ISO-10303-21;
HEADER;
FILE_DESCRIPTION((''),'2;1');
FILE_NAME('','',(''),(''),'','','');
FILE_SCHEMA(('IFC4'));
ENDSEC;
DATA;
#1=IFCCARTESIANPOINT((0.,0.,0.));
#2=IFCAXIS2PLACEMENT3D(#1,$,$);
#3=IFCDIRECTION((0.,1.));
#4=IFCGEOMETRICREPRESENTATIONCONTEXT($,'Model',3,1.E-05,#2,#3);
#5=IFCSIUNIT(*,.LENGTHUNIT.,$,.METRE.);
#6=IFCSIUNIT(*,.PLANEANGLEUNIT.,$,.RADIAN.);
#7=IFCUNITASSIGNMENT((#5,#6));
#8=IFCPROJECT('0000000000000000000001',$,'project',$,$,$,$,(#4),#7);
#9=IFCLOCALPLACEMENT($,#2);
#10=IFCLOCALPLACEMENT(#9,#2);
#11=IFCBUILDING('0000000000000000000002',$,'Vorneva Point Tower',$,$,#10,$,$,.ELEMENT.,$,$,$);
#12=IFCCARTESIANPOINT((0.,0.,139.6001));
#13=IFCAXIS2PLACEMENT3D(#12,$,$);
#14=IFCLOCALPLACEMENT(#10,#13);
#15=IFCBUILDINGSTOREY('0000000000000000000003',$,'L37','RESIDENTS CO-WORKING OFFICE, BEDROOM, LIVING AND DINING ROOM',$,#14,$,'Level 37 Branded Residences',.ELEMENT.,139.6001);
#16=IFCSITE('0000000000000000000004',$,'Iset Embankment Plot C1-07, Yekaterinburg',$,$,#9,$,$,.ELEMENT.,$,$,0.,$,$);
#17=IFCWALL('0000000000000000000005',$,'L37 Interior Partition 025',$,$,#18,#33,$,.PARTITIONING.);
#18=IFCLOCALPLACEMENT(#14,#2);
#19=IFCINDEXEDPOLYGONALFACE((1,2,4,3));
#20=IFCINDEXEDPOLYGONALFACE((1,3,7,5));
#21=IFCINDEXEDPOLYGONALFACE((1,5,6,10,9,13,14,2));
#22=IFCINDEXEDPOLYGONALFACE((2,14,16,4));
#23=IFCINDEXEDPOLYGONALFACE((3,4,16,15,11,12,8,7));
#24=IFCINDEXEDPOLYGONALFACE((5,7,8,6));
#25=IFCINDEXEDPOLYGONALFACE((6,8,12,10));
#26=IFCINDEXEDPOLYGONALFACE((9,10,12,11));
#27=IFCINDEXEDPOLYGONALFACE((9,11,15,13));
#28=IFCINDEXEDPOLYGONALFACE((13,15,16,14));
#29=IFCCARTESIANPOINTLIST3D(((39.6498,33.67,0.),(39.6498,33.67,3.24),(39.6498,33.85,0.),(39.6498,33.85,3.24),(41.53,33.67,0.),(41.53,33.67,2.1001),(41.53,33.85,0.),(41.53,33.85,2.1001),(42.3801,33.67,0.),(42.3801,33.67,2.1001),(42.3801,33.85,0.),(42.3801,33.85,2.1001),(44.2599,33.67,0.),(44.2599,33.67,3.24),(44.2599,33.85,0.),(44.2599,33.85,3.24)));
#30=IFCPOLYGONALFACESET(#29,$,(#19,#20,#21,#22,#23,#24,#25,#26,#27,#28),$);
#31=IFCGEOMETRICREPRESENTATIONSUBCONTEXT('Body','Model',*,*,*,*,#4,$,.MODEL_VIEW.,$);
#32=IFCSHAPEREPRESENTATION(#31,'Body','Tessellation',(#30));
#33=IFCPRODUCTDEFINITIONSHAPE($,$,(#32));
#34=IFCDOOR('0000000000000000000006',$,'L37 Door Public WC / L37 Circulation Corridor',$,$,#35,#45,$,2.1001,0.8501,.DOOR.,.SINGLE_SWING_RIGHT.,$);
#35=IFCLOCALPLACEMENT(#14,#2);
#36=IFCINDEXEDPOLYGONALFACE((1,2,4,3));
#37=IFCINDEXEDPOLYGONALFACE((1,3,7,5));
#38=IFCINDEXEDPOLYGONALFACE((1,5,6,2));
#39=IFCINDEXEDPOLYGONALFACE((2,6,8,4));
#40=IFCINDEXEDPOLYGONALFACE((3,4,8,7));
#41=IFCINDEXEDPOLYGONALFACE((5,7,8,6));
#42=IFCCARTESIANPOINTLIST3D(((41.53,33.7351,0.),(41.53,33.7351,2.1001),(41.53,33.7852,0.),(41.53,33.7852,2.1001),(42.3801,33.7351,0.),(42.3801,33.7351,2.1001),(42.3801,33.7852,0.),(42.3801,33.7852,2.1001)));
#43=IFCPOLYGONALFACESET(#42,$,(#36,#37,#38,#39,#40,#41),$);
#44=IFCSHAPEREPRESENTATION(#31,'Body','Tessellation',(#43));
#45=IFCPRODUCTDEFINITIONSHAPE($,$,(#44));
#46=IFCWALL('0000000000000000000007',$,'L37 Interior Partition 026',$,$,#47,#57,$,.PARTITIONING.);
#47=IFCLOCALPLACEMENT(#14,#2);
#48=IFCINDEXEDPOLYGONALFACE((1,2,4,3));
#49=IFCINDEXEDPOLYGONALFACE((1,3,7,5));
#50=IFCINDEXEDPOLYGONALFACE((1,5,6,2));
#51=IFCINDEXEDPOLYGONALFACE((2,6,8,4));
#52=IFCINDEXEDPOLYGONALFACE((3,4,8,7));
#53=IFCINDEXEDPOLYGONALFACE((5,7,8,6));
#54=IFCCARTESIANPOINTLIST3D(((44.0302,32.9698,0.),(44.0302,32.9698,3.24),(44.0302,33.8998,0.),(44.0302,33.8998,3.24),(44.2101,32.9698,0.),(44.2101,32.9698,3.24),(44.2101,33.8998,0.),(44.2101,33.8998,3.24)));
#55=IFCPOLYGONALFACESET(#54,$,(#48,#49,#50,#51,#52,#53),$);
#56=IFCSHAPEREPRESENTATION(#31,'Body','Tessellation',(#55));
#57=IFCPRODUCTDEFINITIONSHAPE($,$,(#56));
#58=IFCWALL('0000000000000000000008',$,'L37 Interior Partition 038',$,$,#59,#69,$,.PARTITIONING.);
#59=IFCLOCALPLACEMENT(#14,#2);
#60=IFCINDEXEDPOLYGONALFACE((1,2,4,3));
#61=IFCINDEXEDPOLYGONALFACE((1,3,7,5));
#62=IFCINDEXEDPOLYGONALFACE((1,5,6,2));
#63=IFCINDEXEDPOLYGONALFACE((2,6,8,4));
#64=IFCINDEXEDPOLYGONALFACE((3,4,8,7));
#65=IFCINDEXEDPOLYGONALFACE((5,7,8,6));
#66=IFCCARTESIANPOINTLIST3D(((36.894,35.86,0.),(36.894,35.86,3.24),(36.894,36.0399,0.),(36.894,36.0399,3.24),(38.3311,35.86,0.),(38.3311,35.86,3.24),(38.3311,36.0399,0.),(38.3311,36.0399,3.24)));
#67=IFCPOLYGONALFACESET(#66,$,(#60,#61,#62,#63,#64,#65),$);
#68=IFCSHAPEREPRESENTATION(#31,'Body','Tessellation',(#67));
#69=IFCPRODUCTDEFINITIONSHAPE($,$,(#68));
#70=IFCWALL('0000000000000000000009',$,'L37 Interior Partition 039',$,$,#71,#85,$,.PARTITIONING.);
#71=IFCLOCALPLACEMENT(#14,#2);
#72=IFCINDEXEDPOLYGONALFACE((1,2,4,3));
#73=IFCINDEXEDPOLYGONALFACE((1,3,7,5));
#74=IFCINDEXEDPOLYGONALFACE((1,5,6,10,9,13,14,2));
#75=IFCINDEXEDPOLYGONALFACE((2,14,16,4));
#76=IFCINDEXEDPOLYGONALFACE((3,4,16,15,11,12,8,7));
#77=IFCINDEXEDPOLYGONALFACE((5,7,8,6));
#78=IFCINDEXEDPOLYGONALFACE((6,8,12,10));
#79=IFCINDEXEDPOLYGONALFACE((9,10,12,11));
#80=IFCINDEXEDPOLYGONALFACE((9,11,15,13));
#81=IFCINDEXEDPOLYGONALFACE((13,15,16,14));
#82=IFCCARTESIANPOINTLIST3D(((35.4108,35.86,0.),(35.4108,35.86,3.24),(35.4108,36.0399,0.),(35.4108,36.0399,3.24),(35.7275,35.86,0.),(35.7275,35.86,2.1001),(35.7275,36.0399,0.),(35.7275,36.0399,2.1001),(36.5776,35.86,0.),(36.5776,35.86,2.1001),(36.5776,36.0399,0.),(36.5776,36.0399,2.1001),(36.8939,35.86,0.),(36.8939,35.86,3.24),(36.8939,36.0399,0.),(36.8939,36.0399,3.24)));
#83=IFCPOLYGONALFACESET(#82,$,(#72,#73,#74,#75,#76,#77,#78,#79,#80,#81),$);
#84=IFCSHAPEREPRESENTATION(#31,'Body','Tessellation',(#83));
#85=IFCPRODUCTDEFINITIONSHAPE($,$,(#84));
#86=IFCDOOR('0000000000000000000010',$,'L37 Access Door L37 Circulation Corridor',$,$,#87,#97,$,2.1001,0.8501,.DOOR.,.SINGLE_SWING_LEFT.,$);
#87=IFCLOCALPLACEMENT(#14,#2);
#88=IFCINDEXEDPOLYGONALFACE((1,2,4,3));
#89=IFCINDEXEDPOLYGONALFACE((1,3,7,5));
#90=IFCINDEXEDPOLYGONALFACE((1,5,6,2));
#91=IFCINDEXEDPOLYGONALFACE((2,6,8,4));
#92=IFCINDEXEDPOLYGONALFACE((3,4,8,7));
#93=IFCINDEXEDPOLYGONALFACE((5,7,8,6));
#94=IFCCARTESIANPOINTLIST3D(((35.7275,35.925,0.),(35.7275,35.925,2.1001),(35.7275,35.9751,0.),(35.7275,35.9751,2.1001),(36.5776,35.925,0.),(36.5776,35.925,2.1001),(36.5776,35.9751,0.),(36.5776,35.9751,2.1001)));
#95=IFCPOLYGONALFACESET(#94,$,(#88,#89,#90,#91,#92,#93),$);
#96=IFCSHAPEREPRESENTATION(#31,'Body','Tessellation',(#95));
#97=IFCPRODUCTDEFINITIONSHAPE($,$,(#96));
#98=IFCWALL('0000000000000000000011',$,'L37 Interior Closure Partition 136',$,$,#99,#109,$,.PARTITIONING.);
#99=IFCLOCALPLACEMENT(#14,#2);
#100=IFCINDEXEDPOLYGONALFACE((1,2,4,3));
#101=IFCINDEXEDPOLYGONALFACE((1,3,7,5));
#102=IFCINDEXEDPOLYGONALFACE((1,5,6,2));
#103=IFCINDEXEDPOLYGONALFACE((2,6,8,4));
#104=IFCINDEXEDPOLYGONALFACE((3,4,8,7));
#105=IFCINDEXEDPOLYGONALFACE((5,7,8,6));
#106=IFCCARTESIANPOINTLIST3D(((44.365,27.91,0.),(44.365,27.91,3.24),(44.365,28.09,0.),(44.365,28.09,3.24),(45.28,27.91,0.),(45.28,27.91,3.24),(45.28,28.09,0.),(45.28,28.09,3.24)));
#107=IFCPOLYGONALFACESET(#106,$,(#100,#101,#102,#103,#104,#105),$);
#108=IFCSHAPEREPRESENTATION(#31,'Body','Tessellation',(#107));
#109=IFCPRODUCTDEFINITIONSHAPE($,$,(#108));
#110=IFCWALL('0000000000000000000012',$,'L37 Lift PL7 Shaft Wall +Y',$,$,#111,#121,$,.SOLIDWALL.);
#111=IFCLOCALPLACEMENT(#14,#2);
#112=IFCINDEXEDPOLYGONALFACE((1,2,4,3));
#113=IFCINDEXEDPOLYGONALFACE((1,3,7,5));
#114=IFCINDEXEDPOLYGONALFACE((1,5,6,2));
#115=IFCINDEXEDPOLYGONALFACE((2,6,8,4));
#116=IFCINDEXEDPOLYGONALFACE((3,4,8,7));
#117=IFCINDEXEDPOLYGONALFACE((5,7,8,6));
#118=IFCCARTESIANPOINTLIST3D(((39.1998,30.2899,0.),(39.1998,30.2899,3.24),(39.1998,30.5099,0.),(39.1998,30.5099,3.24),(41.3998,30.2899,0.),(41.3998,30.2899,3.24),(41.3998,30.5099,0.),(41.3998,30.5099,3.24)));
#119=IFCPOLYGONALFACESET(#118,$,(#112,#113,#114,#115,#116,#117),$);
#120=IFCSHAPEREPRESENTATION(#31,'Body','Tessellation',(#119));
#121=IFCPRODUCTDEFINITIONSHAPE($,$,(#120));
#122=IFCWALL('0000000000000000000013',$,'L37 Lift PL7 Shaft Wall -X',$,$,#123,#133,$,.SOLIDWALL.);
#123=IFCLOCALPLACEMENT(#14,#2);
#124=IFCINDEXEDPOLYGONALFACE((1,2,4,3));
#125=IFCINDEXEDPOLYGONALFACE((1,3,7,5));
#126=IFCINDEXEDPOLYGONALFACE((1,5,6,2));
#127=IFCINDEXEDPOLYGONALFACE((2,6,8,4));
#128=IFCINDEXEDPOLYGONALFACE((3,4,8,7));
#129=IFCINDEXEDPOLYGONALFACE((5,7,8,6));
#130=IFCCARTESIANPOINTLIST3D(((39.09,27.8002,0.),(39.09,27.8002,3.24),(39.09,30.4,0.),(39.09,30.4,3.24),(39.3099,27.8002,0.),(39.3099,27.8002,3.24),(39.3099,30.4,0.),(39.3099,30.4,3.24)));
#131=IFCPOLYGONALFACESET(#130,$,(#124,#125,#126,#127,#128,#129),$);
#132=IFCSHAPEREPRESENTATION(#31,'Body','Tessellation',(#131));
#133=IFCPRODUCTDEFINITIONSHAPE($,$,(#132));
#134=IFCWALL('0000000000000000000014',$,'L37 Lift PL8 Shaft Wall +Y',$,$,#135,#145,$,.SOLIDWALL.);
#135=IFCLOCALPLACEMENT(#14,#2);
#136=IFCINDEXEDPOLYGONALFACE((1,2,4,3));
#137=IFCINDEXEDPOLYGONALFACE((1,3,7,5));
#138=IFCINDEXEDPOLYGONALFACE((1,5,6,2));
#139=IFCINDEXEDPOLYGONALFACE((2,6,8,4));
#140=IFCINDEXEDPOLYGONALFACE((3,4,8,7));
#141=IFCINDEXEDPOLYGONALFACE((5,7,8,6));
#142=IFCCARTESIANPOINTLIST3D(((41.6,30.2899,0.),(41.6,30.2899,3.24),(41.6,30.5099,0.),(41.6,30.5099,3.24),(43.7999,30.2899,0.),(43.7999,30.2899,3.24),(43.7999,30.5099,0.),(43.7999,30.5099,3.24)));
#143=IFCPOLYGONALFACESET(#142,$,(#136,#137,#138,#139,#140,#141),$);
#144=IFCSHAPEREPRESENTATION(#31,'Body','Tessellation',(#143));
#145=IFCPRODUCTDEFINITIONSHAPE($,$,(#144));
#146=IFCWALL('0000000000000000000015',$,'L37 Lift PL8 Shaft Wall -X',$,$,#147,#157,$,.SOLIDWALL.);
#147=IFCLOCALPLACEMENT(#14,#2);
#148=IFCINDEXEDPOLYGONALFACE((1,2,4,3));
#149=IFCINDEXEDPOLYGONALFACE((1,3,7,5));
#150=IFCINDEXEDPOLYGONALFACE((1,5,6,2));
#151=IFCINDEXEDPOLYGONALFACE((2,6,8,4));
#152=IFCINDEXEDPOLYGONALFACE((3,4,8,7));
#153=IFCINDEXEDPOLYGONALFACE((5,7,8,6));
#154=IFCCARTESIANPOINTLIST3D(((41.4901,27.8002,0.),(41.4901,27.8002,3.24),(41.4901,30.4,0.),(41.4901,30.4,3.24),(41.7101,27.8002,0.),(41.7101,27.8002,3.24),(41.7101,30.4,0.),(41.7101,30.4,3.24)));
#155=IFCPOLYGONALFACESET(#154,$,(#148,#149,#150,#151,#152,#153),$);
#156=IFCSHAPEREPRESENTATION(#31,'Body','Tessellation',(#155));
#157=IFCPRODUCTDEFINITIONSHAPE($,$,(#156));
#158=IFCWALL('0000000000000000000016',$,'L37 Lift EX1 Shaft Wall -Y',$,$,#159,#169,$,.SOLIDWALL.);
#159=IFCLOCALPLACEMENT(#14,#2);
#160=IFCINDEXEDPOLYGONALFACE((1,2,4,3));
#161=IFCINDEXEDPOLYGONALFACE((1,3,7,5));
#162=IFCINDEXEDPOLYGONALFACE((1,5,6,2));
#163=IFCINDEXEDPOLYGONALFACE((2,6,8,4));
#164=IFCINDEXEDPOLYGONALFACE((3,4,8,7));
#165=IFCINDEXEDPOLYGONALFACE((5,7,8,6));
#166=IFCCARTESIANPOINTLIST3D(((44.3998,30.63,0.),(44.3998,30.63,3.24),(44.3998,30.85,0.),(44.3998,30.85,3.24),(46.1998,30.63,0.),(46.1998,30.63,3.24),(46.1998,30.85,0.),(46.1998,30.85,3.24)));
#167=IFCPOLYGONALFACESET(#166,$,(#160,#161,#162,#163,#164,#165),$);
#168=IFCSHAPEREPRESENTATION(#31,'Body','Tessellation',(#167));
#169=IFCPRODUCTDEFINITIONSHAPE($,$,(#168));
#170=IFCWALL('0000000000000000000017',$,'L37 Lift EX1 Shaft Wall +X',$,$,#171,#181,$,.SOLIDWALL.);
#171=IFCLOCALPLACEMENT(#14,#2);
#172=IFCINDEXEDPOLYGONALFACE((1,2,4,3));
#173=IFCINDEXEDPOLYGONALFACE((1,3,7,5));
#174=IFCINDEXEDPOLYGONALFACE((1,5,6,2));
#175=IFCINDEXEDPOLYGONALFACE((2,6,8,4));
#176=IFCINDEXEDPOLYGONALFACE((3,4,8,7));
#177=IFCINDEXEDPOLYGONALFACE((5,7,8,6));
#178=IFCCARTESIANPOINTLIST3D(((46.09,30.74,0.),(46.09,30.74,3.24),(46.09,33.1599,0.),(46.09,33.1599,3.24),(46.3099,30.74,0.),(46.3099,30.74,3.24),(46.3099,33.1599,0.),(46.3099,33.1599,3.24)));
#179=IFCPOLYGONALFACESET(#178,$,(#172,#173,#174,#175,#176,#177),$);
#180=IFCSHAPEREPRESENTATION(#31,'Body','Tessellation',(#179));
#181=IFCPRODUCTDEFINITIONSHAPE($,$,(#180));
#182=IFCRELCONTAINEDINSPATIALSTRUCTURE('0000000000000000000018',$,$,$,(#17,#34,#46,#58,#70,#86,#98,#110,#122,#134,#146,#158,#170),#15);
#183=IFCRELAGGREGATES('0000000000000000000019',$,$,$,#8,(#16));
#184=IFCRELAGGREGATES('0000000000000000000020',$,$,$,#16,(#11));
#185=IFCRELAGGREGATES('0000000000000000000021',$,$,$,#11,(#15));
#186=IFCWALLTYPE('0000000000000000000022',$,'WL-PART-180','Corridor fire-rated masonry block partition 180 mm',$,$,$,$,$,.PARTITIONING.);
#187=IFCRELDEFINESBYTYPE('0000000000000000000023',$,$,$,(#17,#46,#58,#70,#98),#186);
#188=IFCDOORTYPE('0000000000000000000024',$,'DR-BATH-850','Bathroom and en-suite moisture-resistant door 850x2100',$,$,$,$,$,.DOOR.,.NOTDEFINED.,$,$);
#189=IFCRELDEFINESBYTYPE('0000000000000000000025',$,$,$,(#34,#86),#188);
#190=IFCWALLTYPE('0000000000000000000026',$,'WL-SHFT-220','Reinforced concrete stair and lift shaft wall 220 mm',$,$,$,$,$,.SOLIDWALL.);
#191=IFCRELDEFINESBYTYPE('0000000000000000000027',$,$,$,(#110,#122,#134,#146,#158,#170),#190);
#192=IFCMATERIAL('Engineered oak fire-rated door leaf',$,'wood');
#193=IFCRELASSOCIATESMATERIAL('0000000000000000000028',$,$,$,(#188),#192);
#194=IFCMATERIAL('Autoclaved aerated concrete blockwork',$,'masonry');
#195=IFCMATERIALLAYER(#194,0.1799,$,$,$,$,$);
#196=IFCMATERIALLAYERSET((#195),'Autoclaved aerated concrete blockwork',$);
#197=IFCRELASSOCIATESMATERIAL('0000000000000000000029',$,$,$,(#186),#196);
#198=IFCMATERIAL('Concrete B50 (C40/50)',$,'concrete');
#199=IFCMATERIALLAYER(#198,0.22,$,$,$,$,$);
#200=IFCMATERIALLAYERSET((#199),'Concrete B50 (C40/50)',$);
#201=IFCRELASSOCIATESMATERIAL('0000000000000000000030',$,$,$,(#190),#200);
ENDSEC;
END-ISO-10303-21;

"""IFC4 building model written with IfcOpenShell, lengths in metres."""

from ifc_helpers import new_model, si_unit, direction, frame, frame_2d, origin, place, context, subcontext, project, spatial, rectangle, extrude, material, layer, layer_set, type_object, element, fill, save


model = new_model("IFC4")

# Units and contexts
model_context = context("Model", 3, precision=1e-05, world=origin(), true_north=direction((0.0, 1.0)))
body_context = subcontext(model_context, "Body", "Model", "MODEL_VIEW")
ifc_project = project(units=[si_unit("LENGTHUNIT", "METRE"), si_unit("PLANEANGLEUNIT", "RADIAN")], contexts=[model_context])

# Site, building, storey
site_placement = place(None, origin())
site = spatial("IfcSite", under=ifc_project, at=site_placement, Name="Iset Embankment Plot C1-07, Yekaterinburg", CompositionType="ELEMENT", RefElevation=0.0)
building_placement = place(site_placement, origin())
building = spatial("IfcBuilding", under=site, at=building_placement, Name="Vorneva Point Tower", CompositionType="ELEMENT")
storey_placement = place(building_placement, frame((0.0, 0.0, 139.6001)))
storey = spatial("IfcBuildingStorey", under=building, at=storey_placement, Name="L37", Description="RESIDENTS CO-WORKING OFFICE, BEDROOM, LIVING AND DINING ROOM", LongName="Level 37 Branded Residences", CompositionType="ELEMENT", Elevation=139.6001)

# Shared definitions
ifc_material_1 = material(Name="Engineered oak fire-rated door leaf", Category="wood")
door_type_1 = type_object("IfcDoorType", Name="DR-BATH-850", Description="Bathroom and en-suite moisture-resistant door 850x2100", OperationType="NOTDEFINED", PredefinedType="DOOR", material=ifc_material_1)

# Wall, opening, door
ifc_material_2 = material(Name="Autoclaved aerated concrete blockwork", Category="masonry")
ifc_layer_1 = layer(ifc_material_2, 0.1799)
ifc_layer_set_1 = layer_set([ifc_layer_1], Name="Autoclaved aerated concrete blockwork")
wall_type_1 = type_object("IfcWallType", Name="WL-PART-180", Description="Corridor fire-rated masonry block partition 180 mm", PredefinedType="PARTITIONING", material=ifc_layer_set_1)
wall_1_placement = place(storey_placement, frame((44.26, 33.76, 0.0), z_axis=(0.0, 0.0, 1.0), x_axis=(-1.0, 0.0, 0.0)))
wall_1 = element("IfcWall", 1, at=wall_1_placement, inside=storey, type_object=wall_type_1, Name="L37 Interior Partition 025", PredefinedType="PARTITIONING", context=body_context, shape_type="SweptSolid", body=[
    extrude(rectangle(XDim=4.6101, YDim=0.1799, at=frame_2d((2.3052, 0.0))), origin(), (0.0, 0.0, 1.0), 3.24),
])
opening_1_placement = place(wall_1_placement, frame((1.8799, 0.0, 0.0)))
opening_1 = element("IfcOpeningElement", 2, at=opening_1_placement, cuts=wall_1, PredefinedType="OPENING", context=body_context, shape_type="SweptSolid", body=[
    extrude(rectangle(XDim=0.8501, YDim=2.1001, at=frame_2d((0.425, 1.05))), frame((0.0, 0.105, 0.0), z_axis=(0.0, -1.0, 0.0), x_axis=(1.0, 0.0, 0.0)), (0.0, 0.0, 1.0), 0.2097),
])
door_1_placement = place(opening_1_placement, origin())
door_1 = element("IfcDoor", 3, at=door_1_placement, inside=storey, type_object=door_type_1, Name="L37 Door Public WC / L37 Circulation Corridor", OperationType="SINGLE_SWING_RIGHT", OverallHeight=2.1001, OverallWidth=0.8501, PredefinedType="DOOR", context=body_context, shape_type="SweptSolid", body=[
    extrude(rectangle(XDim=0.8501, YDim=2.1001, at=frame_2d((0.425, 1.05))), frame((0.0, 0.0249, 0.0), z_axis=(0.0, -1.0, 0.0), x_axis=(1.0, 0.0, 0.0)), (0.0, 0.0, 1.0), 0.05),
])
fill(opening_1, door_1)

# Walls
wall_2_placement = place(storey_placement, frame((44.1201, 32.97, 0.0), z_axis=(0.0, 0.0, 1.0), x_axis=(0.0, 1.0, 0.0)))
element("IfcWall", 4, at=wall_2_placement, inside=storey, type_object=wall_type_1, Name="L37 Interior Partition 026", PredefinedType="PARTITIONING", context=body_context, shape_type="SweptSolid", body=[
    extrude(rectangle(XDim=0.9299, YDim=0.1799, at=frame_2d((0.4648, 0.0))), origin(), (0.0, 0.0, 1.0), 3.24),
])
wall_3_placement = place(storey_placement, frame((38.3311, 35.95, 0.0), z_axis=(0.0, 0.0, 1.0), x_axis=(-1.0, 0.0, 0.0)))
element("IfcWall", 5, at=wall_3_placement, inside=storey, type_object=wall_type_1, Name="L37 Interior Partition 038", PredefinedType="PARTITIONING", context=body_context, shape_type="SweptSolid", body=[
    extrude(rectangle(XDim=1.437, YDim=0.1799, at=frame_2d((0.7185, 0.0))), origin(), (0.0, 0.0, 1.0), 3.24),
])

# Wall, opening, door
wall_4_placement = place(storey_placement, frame((36.894, 35.95, 0.0), z_axis=(0.0, 0.0, 1.0), x_axis=(-1.0, 0.0, 0.0)))
wall_4 = element("IfcWall", 6, at=wall_4_placement, inside=storey, type_object=wall_type_1, Name="L37 Interior Partition 039", PredefinedType="PARTITIONING", context=body_context, shape_type="SweptSolid", body=[
    extrude(rectangle(XDim=1.4832, YDim=0.1799, at=frame_2d((0.7417, 0.0))), origin(), (0.0, 0.0, 1.0), 3.24),
])
opening_2_placement = place(wall_4_placement, frame((0.3164, 0.0, 0.0)))
opening_2 = element("IfcOpeningElement", 7, at=opening_2_placement, cuts=wall_4, PredefinedType="OPENING", context=body_context, shape_type="SweptSolid", body=[
    extrude(rectangle(XDim=0.8501, YDim=2.1001, at=frame_2d((0.425, 1.05))), frame((0.0, 0.105, 0.0), z_axis=(0.0, -1.0, 0.0), x_axis=(1.0, 0.0, 0.0)), (0.0, 0.0, 1.0), 0.2097),
])
door_2_placement = place(opening_2_placement, origin())
door_2 = element("IfcDoor", 8, at=door_2_placement, inside=storey, type_object=door_type_1, Name="L37 Access Door L37 Circulation Corridor", OperationType="SINGLE_SWING_LEFT", OverallHeight=2.1001, OverallWidth=0.8501, PredefinedType="DOOR", context=body_context, shape_type="SweptSolid", body=[
    extrude(rectangle(XDim=0.8501, YDim=2.1001, at=frame_2d((0.425, 1.05))), frame((0.0, 0.0249, 0.0), z_axis=(0.0, -1.0, 0.0), x_axis=(1.0, 0.0, 0.0)), (0.0, 0.0, 1.0), 0.05),
])
fill(opening_2, door_2)

# Walls
wall_5_placement = place(storey_placement, frame((45.28, 28.0, 0.0), z_axis=(0.0, 0.0, 1.0), x_axis=(-1.0, 0.0, 0.0)))
element("IfcWall", 9, at=wall_5_placement, inside=storey, type_object=wall_type_1, Name="L37 Interior Closure Partition 136", PredefinedType="PARTITIONING", context=body_context, shape_type="SweptSolid", body=[
    extrude(rectangle(XDim=0.915, YDim=0.1799, at=frame_2d((0.4575, 0.0))), origin(), (0.0, 0.0, 1.0), 3.24),
])
ifc_material_3 = material(Name="Concrete B50 (C40/50)", Category="concrete")
ifc_layer_2 = layer(ifc_material_3, 0.22)
ifc_layer_set_2 = layer_set([ifc_layer_2], Name="Concrete B50 (C40/50)")
wall_type_2 = type_object("IfcWallType", Name="WL-SHFT-220", Description="Reinforced concrete stair and lift shaft wall 220 mm", PredefinedType="SOLIDWALL", material=ifc_layer_set_2)
wall_6_placement = place(storey_placement, frame((41.3999, 30.3999, 0.0), z_axis=(0.0, 0.0, 1.0), x_axis=(-1.0, 0.0, 0.0)))
element("IfcWall", 10, at=wall_6_placement, inside=storey, type_object=wall_type_2, Name="L37 Lift PL7 Shaft Wall +Y", PredefinedType="SOLIDWALL", context=body_context, shape_type="SweptSolid", body=[
    extrude(rectangle(XDim=2.2, YDim=0.22, at=frame_2d((1.1001, 0.0))), origin(), (0.0, 0.0, 1.0), 3.24),
])
wall_7_placement = place(storey_placement, frame((39.2, 30.3999, 0.0), z_axis=(0.0, 0.0, 1.0), x_axis=(0.0, -1.0, 0.0)))
element("IfcWall", 11, at=wall_7_placement, inside=storey, type_object=wall_type_2, Name="L37 Lift PL7 Shaft Wall -X", PredefinedType="SOLIDWALL", context=body_context, shape_type="SweptSolid", body=[
    extrude(rectangle(XDim=2.5999, YDim=0.22, at=frame_2d((1.2998, 0.0))), origin(), (0.0, 0.0, 1.0), 3.24),
])
wall_8_placement = place(storey_placement, frame((43.8, 30.3999, 0.0), z_axis=(0.0, 0.0, 1.0), x_axis=(-1.0, 0.0, 0.0)))
element("IfcWall", 12, at=wall_8_placement, inside=storey, type_object=wall_type_2, Name="L37 Lift PL8 Shaft Wall +Y", PredefinedType="SOLIDWALL", context=body_context, shape_type="SweptSolid", body=[
    extrude(rectangle(XDim=2.2, YDim=0.22, at=frame_2d((1.1001, 0.0))), origin(), (0.0, 0.0, 1.0), 3.24),
])
wall_9_placement = place(storey_placement, frame((41.6001, 30.3999, 0.0), z_axis=(0.0, 0.0, 1.0), x_axis=(0.0, -1.0, 0.0)))
element("IfcWall", 13, at=wall_9_placement, inside=storey, type_object=wall_type_2, Name="L37 Lift PL8 Shaft Wall -X", PredefinedType="SOLIDWALL", context=body_context, shape_type="SweptSolid", body=[
    extrude(rectangle(XDim=2.5999, YDim=0.22, at=frame_2d((1.2998, 0.0))), origin(), (0.0, 0.0, 1.0), 3.24),
])
wall_10_placement = place(storey_placement, frame((44.3999, 30.74, 0.0), z_axis=(0.0, 0.0, 1.0), x_axis=(1.0, 0.0, 0.0)))
element("IfcWall", 14, at=wall_10_placement, inside=storey, type_object=wall_type_2, Name="L37 Lift EX1 Shaft Wall -Y", PredefinedType="SOLIDWALL", context=body_context, shape_type="SweptSolid", body=[
    extrude(rectangle(XDim=1.8, YDim=0.22, at=frame_2d((0.8999, 0.0))), origin(), (0.0, 0.0, 1.0), 3.24),
])
wall_11_placement = place(storey_placement, frame((46.2, 30.74, 0.0), z_axis=(0.0, 0.0, 1.0), x_axis=(0.0, 1.0, 0.0)))
element("IfcWall", 15, at=wall_11_placement, inside=storey, type_object=wall_type_2, Name="L37 Lift EX1 Shaft Wall +X", PredefinedType="SOLIDWALL", context=body_context, shape_type="SweptSolid", body=[
    extrude(rectangle(XDim=2.4199, YDim=0.22, at=frame_2d((1.21, 0.0))), origin(), (0.0, 0.0, 1.0), 3.24),
])

save(model, "model.ifc")
